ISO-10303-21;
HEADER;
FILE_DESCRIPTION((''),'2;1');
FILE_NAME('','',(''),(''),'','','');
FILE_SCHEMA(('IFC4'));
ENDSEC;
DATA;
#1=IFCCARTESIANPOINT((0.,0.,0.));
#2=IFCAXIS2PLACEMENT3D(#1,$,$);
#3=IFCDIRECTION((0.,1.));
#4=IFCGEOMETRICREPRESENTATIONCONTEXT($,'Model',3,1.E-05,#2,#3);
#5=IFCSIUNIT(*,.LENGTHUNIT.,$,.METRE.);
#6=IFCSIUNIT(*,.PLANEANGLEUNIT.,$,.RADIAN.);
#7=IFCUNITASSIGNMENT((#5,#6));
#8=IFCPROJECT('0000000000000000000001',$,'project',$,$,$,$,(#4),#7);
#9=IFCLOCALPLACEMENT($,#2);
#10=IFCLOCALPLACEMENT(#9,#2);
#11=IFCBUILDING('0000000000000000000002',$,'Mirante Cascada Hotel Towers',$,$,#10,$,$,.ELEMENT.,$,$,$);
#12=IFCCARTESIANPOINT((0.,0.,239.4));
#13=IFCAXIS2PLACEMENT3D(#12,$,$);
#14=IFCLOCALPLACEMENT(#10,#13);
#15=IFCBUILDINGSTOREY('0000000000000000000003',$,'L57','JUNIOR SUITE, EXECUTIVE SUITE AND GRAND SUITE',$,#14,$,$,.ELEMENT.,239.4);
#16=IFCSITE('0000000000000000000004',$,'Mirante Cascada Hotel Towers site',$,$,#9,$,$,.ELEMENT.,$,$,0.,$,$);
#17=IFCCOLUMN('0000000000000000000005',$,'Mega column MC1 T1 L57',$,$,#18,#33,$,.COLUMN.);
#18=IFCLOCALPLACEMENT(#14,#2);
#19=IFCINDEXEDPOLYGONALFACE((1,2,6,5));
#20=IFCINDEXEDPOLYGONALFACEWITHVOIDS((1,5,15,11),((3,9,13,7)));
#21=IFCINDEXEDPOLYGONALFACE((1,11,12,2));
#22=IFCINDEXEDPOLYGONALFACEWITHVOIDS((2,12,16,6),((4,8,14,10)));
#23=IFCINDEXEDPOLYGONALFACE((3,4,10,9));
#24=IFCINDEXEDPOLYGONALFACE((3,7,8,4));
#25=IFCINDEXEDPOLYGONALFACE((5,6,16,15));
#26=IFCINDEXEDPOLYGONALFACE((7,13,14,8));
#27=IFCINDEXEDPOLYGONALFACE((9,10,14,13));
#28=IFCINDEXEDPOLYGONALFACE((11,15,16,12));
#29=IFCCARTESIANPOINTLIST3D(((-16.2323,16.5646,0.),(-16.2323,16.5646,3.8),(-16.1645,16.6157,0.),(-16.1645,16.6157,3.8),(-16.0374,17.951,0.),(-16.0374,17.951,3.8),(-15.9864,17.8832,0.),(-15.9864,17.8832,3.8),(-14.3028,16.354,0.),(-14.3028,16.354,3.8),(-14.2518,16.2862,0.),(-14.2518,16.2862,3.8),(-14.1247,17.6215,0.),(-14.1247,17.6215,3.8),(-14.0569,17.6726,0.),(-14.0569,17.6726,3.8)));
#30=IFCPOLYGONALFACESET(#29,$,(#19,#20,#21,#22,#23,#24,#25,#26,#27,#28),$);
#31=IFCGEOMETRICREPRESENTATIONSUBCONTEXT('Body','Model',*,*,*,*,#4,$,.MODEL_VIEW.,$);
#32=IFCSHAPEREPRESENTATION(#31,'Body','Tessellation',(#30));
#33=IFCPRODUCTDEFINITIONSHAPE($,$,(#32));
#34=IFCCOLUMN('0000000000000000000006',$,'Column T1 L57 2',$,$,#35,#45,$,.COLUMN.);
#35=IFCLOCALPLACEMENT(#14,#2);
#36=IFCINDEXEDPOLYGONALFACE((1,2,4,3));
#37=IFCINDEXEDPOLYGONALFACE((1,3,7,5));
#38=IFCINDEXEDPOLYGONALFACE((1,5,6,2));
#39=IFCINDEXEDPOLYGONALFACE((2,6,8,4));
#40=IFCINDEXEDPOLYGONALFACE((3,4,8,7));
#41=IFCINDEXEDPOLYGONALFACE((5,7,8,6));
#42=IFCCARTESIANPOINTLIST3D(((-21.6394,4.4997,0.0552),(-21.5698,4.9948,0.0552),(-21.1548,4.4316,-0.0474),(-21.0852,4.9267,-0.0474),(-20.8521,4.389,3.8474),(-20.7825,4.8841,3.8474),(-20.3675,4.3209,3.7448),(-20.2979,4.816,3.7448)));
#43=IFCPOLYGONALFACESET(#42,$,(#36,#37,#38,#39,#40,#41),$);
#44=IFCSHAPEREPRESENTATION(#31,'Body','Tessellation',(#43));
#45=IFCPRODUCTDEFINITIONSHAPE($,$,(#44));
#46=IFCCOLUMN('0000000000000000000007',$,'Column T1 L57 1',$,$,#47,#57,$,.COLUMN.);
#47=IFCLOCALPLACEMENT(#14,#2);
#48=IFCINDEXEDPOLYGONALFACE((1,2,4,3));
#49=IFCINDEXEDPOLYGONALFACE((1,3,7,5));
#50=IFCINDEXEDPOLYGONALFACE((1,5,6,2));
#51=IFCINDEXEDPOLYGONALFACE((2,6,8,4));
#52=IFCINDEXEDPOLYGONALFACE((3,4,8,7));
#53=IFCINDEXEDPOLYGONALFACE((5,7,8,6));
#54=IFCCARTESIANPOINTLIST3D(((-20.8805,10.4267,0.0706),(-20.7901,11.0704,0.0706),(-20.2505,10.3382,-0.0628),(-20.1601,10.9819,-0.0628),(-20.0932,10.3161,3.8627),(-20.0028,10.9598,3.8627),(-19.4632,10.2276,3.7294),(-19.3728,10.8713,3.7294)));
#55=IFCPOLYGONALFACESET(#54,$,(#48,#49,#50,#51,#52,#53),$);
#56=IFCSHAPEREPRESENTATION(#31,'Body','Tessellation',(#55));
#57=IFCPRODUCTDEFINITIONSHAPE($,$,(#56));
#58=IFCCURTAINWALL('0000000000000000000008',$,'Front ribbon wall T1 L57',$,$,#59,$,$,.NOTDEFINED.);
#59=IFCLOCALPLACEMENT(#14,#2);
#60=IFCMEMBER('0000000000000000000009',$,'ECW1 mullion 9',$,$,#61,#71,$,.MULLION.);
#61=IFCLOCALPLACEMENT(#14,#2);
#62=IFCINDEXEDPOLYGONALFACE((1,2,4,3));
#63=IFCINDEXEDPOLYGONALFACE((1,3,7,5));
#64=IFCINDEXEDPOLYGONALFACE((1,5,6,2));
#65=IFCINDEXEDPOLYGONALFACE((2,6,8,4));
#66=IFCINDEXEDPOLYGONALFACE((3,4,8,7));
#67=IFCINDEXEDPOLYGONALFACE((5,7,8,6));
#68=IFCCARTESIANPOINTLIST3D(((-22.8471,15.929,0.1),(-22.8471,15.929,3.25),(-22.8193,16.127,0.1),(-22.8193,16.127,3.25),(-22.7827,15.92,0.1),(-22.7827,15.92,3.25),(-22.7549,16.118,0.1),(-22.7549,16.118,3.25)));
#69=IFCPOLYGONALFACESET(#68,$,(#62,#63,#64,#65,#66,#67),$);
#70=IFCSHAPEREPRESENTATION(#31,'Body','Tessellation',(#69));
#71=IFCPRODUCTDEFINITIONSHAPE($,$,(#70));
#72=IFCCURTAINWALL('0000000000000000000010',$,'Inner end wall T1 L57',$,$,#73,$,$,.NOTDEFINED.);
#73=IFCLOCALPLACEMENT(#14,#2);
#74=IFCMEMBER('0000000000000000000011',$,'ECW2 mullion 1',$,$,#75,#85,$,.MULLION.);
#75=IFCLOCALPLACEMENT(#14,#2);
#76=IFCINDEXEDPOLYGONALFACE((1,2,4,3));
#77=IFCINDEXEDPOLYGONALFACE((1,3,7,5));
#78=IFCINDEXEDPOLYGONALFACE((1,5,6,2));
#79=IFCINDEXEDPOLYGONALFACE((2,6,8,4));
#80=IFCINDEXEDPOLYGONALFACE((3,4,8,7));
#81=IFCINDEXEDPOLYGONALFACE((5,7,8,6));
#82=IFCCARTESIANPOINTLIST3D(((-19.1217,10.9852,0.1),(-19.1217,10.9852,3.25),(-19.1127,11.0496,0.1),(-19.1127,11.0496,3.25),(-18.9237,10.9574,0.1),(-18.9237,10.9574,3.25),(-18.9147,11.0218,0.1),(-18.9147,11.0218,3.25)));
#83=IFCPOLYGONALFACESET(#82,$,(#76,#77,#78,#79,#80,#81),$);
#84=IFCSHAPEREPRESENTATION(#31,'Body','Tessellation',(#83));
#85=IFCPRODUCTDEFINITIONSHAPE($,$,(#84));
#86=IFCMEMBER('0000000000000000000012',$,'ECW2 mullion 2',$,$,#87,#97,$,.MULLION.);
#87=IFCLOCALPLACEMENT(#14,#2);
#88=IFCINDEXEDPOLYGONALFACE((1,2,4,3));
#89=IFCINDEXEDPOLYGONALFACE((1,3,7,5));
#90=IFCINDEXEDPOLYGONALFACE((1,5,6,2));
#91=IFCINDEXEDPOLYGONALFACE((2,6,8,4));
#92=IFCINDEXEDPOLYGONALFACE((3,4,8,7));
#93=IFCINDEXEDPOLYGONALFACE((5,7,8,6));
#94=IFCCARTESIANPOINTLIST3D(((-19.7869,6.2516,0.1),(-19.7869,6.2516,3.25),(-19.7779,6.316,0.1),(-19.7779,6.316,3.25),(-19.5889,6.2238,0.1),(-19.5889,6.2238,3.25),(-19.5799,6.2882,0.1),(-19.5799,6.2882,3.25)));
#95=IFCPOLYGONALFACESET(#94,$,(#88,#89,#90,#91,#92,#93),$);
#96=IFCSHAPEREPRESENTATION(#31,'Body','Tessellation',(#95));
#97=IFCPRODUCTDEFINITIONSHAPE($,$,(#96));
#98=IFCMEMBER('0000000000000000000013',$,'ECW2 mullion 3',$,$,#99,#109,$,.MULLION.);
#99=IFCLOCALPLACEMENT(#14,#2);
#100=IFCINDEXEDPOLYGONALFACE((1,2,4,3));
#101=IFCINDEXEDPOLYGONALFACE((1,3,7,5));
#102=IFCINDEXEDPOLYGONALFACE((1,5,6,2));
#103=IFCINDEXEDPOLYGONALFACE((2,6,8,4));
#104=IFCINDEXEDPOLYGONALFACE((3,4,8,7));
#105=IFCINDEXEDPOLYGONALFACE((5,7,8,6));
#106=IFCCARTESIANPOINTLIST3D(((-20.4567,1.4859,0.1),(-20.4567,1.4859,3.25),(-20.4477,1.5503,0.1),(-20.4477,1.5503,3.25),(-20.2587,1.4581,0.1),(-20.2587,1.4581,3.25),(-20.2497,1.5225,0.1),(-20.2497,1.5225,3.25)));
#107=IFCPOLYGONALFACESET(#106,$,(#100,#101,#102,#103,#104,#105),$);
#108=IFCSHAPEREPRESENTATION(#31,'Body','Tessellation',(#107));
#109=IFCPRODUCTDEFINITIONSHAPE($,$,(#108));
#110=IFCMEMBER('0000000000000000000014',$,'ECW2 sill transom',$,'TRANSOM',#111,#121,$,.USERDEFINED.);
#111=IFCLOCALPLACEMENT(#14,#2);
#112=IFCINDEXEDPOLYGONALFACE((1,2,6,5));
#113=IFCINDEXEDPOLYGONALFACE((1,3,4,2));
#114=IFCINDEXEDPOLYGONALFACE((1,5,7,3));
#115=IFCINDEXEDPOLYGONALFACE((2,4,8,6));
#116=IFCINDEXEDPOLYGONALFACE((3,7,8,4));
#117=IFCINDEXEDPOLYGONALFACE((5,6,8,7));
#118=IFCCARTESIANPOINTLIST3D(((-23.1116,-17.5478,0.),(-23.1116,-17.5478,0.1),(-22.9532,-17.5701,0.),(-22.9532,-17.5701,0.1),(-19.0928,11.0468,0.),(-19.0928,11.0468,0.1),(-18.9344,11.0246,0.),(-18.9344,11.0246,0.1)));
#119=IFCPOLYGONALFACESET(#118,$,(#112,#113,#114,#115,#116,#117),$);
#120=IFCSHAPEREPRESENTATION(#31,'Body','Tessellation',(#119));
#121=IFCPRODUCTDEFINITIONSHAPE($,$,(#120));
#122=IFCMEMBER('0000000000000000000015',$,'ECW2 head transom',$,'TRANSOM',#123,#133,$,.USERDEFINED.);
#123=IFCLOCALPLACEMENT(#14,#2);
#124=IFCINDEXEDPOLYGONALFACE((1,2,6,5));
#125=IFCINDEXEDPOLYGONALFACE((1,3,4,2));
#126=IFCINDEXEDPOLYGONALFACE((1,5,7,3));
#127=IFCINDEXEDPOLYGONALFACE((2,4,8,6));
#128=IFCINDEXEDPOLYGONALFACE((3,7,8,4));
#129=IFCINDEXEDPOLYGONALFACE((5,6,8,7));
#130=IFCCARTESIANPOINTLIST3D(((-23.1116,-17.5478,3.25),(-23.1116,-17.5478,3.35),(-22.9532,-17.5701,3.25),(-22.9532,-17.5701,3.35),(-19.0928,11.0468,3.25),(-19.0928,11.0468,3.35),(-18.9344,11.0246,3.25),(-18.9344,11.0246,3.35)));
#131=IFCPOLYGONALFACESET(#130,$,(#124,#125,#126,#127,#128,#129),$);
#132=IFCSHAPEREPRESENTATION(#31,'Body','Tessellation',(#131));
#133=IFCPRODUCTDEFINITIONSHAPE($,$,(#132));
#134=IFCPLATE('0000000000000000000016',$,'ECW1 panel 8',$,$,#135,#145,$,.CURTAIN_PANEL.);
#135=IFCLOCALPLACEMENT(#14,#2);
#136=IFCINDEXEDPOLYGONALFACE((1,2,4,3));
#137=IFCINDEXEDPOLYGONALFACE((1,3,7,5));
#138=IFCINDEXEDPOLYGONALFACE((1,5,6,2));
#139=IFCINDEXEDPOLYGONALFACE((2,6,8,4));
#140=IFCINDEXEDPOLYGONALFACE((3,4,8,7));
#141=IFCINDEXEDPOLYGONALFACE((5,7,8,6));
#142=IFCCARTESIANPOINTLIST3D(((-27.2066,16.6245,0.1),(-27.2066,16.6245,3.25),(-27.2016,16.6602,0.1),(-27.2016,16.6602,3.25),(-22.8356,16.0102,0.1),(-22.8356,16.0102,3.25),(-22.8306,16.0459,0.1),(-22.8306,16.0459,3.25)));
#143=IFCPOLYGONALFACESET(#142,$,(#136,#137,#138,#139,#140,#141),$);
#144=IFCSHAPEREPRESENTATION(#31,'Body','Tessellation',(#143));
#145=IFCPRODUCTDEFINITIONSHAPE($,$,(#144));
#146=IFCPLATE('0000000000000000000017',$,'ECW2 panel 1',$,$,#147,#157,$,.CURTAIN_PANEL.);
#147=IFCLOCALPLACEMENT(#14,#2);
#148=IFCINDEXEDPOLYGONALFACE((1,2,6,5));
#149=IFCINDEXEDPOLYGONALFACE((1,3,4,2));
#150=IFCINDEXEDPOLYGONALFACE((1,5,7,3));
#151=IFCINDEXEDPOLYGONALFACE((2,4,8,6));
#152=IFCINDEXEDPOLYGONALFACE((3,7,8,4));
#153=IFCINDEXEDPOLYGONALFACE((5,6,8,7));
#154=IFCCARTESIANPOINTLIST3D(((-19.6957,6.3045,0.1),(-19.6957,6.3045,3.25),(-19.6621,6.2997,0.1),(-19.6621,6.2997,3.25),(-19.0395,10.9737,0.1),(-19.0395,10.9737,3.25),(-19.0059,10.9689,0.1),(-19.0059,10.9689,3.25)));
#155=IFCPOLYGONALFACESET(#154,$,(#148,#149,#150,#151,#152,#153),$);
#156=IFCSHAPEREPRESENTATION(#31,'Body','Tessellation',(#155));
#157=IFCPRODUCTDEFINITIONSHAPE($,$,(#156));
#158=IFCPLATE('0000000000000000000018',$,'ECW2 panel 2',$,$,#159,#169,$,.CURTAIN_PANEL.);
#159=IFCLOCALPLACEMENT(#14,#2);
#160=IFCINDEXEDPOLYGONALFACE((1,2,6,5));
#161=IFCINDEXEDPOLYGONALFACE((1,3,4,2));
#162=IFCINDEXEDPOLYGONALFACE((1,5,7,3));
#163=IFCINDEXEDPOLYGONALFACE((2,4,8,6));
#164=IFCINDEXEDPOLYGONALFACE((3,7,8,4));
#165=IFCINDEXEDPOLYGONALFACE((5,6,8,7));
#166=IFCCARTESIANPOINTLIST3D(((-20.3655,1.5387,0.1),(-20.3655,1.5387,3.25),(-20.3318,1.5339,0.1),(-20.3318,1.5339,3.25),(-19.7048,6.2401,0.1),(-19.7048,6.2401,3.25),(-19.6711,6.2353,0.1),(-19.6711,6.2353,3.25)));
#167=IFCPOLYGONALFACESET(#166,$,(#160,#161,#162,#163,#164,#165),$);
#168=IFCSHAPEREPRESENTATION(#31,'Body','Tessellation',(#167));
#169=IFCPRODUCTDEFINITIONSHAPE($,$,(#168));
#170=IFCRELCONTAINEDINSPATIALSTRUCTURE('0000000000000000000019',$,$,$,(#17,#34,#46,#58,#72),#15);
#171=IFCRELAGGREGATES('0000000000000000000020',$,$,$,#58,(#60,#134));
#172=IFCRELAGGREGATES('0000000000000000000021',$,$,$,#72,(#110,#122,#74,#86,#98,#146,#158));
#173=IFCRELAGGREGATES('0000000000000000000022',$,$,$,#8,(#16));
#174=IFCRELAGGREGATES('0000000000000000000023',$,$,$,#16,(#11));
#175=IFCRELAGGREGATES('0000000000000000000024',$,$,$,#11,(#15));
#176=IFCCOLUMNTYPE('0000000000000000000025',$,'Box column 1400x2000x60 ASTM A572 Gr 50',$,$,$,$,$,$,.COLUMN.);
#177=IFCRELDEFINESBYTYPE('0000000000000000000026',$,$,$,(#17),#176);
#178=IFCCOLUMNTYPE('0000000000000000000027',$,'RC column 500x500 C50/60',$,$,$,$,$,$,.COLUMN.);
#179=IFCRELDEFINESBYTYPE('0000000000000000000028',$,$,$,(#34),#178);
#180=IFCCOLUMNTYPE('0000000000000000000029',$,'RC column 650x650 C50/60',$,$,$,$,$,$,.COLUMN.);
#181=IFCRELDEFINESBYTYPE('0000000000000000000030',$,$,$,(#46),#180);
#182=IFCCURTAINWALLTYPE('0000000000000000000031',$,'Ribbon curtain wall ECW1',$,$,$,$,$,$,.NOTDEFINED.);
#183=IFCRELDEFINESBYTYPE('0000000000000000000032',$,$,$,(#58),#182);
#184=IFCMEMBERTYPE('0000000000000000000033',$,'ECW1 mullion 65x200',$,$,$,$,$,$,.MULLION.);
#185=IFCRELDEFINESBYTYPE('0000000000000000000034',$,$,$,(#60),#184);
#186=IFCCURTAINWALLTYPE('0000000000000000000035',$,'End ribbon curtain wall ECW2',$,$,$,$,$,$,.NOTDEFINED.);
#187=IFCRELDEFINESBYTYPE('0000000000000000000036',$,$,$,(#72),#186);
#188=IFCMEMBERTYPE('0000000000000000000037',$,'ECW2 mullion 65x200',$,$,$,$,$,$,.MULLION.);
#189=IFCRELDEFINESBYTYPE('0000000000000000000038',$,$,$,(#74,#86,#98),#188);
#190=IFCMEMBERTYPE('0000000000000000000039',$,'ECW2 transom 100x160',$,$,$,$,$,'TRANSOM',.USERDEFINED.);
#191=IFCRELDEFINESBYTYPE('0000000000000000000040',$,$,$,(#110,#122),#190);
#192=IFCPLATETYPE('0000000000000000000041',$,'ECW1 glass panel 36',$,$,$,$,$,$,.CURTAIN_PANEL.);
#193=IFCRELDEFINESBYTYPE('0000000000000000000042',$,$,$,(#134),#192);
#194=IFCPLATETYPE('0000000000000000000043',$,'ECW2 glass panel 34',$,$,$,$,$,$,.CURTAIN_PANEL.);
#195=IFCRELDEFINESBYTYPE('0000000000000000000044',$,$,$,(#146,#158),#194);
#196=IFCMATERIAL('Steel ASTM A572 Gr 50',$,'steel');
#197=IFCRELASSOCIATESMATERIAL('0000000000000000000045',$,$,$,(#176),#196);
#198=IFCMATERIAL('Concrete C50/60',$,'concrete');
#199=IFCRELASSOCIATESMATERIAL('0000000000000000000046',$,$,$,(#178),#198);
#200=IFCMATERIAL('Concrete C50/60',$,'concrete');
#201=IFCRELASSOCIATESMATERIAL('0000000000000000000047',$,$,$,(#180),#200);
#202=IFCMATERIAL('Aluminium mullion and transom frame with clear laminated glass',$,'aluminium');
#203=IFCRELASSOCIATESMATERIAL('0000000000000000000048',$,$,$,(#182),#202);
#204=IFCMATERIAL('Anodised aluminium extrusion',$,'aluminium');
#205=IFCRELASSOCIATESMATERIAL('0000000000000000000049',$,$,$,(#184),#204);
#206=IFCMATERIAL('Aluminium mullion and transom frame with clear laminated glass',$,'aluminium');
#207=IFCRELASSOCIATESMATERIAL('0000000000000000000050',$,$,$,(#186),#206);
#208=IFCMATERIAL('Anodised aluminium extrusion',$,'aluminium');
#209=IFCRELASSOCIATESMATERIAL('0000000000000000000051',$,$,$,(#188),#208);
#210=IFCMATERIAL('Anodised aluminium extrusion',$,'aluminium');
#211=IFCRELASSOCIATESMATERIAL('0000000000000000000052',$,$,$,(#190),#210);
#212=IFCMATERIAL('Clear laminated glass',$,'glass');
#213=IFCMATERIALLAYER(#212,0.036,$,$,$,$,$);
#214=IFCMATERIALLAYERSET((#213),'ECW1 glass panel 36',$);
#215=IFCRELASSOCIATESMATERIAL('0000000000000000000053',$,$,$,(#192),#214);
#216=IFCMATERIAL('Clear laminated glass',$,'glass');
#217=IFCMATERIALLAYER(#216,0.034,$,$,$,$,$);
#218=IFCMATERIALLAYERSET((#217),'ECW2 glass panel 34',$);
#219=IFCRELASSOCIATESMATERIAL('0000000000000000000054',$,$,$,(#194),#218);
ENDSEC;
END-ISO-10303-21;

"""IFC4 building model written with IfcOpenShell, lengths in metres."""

from ifc_helpers import new_model, si_unit, direction, frame, origin, origin_2d, place, context, subcontext, project, spatial, rectangle, hollow_rectangle, extrude, material, layer, layer_set, material_profile, profile_set, type_object, element, aggregate, save


model = new_model("IFC4")

# Units and contexts
model_context = context("Model", 3, precision=1e-05, world=origin(), true_north=direction((0.0, 1.0)))
body_context = subcontext(model_context, "Body", "Model", "MODEL_VIEW")
ifc_project = project(units=[si_unit("LENGTHUNIT", "METRE"), si_unit("PLANEANGLEUNIT", "RADIAN")], contexts=[model_context])

# Site, building, storey
site_placement = place(None, origin())
site = spatial("IfcSite", under=ifc_project, at=site_placement, Name="Mirante Cascada Hotel Towers site", CompositionType="ELEMENT", RefElevation=0.0)
building_placement = place(site_placement, origin())
building = spatial("IfcBuilding", under=site, at=building_placement, Name="Mirante Cascada Hotel Towers", CompositionType="ELEMENT")
storey_placement = place(building_placement, frame((0.0, 0.0, 239.4)))
storey = spatial("IfcBuildingStorey", under=building, at=storey_placement, Name="L57", Description="JUNIOR SUITE, EXECUTIVE SUITE AND GRAND SUITE", CompositionType="ELEMENT", Elevation=239.4)

# Columns
ifc_material_1 = material(Name="Steel ASTM A572 Gr 50", Category="steel")
ifc_material_profile_1 = material_profile(ifc_material_1, hollow_rectangle(XDim=2.0, YDim=1.4, WallThickness=0.06, at=origin_2d()), Name="Box column 1400x2000x60 ASTM A572 Gr 50")
ifc_profile_set_1 = profile_set([ifc_material_profile_1], Name="Steel ASTM A572 Gr 50")
column_type_1 = type_object("IfcColumnType", Name="Box column 1400x2000x60 ASTM A572 Gr 50", PredefinedType="COLUMN", material=ifc_profile_set_1)
column_1_placement = place(storey_placement, frame((-15.1446, 17.1186, 0.0), z_axis=(0.0, 0.0, 1.0), x_axis=(-0.990268, 0.139173, 0.0)))
element("IfcColumn", 1, at=column_1_placement, inside=storey, type_object=column_type_1, Name="Mega column MC1 T1 L57", PredefinedType="COLUMN", context=body_context, shape_type="SweptSolid", body=[
    extrude(hollow_rectangle(XDim=2.0, YDim=1.4, WallThickness=0.06, at=origin_2d()), origin(), (0.0, 0.0, 1.0), 3.8),
])
ifc_material_2 = material(Name="Concrete C50/60", Category="concrete")
ifc_material_profile_2 = material_profile(ifc_material_2, rectangle(XDim=0.5, YDim=0.5, at=origin_2d()), Name="RC column 500x500 C50/60")
ifc_profile_set_2 = profile_set([ifc_material_profile_2], Name="Concrete C50/60")
column_type_2 = type_object("IfcColumnType", Name="RC column 500x500 C50/60", PredefinedType="COLUMN", material=ifc_profile_set_2)
column_2_placement = place(storey_placement, frame((-21.3623, 4.7132, 0.0039), z_axis=(0.203193, -0.02857, 0.978722), x_axis=(0.139237, 0.990259, 0.0)))
element("IfcColumn", 2, at=column_2_placement, inside=storey, type_object=column_type_2, Name="Column T1 L57 2", PredefinedType="COLUMN", context=body_context, shape_type="SweptSolid", body=[
    extrude(rectangle(XDim=0.5, YDim=0.5, at=origin_2d()), origin(), (0.0, 0.0, 1.0), 3.8746),
])
ifc_material_3 = material(Name="Concrete C50/60", Category="concrete")
ifc_material_profile_3 = material_profile(ifc_material_3, rectangle(XDim=0.65, YDim=0.65, at=origin_2d()), Name="RC column 650x650 C50/60")
ifc_profile_set_3 = profile_set([ifc_material_profile_3], Name="Concrete C50/60")
column_type_3 = type_object("IfcColumnType", Name="RC column 650x650 C50/60", PredefinedType="COLUMN", material=ifc_profile_set_3)
column_3_placement = place(storey_placement, frame((-20.5203, 10.7043, 0.0039), z_axis=(0.203193, -0.028545, 0.978723), x_axis=(0.139114, 0.990276, 0.0)))
element("IfcColumn", 3, at=column_3_placement, inside=storey, type_object=column_type_3, Name="Column T1 L57 1", PredefinedType="COLUMN", context=body_context, shape_type="SweptSolid", body=[
    extrude(rectangle(XDim=0.65, YDim=0.65, at=origin_2d()), origin(), (0.0, 0.0, 1.0), 3.8746),
])

# Curtain wall, member
ifc_material_4 = material(Name="Aluminium mullion and transom frame with clear laminated glass", Category="aluminium")
curtain_wall_type_1 = type_object("IfcCurtainWallType", Name="Ribbon curtain wall ECW1", PredefinedType="NOTDEFINED", material=ifc_material_4)
curtain_wall_1_placement = place(storey_placement, origin())
curtain_wall_1 = element("IfcCurtainWall", 4, at=curtain_wall_1_placement, inside=storey, type_object=curtain_wall_type_1, Name="Front ribbon wall T1 L57", PredefinedType="NOTDEFINED")
ifc_material_5 = material(Name="Anodised aluminium extrusion", Category="aluminium")
ifc_material_profile_4 = material_profile(ifc_material_5, rectangle(XDim=0.2, YDim=0.065, at=origin_2d()), Name="ECW1 MULLION 65x200")
ifc_profile_set_4 = profile_set([ifc_material_profile_4], Name="Anodised aluminium extrusion")
member_type_1 = type_object("IfcMemberType", Name="ECW1 mullion 65x200", PredefinedType="MULLION", material=ifc_profile_set_4)
member_1_placement = place(storey_placement, frame((-22.801, 16.0235, 0.1), z_axis=(0.0, 0.0, 1.0), x_axis=(0.139173, 0.990268, 0.0)))
member_1 = element("IfcMember", 5, at=member_1_placement, type_object=member_type_1, Name="ECW1 mullion 9", PredefinedType="MULLION", context=body_context, shape_type="SweptSolid", body=[
    extrude(rectangle(XDim=0.2, YDim=0.065, at=origin_2d()), origin(), (0.0, 0.0, 1.0), 3.15),
])

# Curtain wall, members
ifc_material_6 = material(Name="Aluminium mullion and transom frame with clear laminated glass", Category="aluminium")
curtain_wall_type_2 = type_object("IfcCurtainWallType", Name="End ribbon curtain wall ECW2", PredefinedType="NOTDEFINED", material=ifc_material_6)
curtain_wall_2_placement = place(storey_placement, origin())
curtain_wall_2 = element("IfcCurtainWall", 6, at=curtain_wall_2_placement, inside=storey, type_object=curtain_wall_type_2, Name="Inner end wall T1 L57", PredefinedType="NOTDEFINED")
ifc_material_7 = material(Name="Anodised aluminium extrusion", Category="aluminium")
ifc_material_profile_5 = material_profile(ifc_material_7, rectangle(XDim=0.2, YDim=0.065, at=origin_2d()), Name="ECW2 MULLION 65x200")
ifc_profile_set_5 = profile_set([ifc_material_profile_5], Name="Anodised aluminium extrusion")
member_type_2 = type_object("IfcMemberType", Name="ECW2 mullion 65x200", PredefinedType="MULLION", material=ifc_profile_set_5)
member_2_placement = place(storey_placement, frame((-19.0182, 11.0035, 0.1), z_axis=(0.0, 0.0, 1.0), x_axis=(0.990268, -0.139173, 0.0)))
member_2 = element("IfcMember", 7, at=member_2_placement, type_object=member_type_2, Name="ECW2 mullion 1", PredefinedType="MULLION", context=body_context, shape_type="SweptSolid", body=[
    extrude(rectangle(XDim=0.2, YDim=0.065, at=origin_2d()), origin(), (0.0, 0.0, 1.0), 3.15),
])
member_3_placement = place(storey_placement, frame((-19.6834, 6.2699, 0.1), z_axis=(0.0, 0.0, 1.0), x_axis=(0.990268, -0.139173, 0.0)))
member_3 = element("IfcMember", 8, at=member_3_placement, type_object=member_type_2, Name="ECW2 mullion 2", PredefinedType="MULLION", context=body_context, shape_type="SweptSolid", body=[
    extrude(rectangle(XDim=0.2, YDim=0.065, at=origin_2d()), origin(), (0.0, 0.0, 1.0), 3.15),
])
member_4_placement = place(storey_placement, frame((-20.3532, 1.5042, 0.1), z_axis=(0.0, 0.0, 1.0), x_axis=(0.990268, -0.139173, 0.0)))
member_4 = element("IfcMember", 9, at=member_4_placement, type_object=member_type_2, Name="ECW2 mullion 3", PredefinedType="MULLION", context=body_context, shape_type="SweptSolid", body=[
    extrude(rectangle(XDim=0.2, YDim=0.065, at=origin_2d()), origin(), (0.0, 0.0, 1.0), 3.15),
])
ifc_material_8 = material(Name="Anodised aluminium extrusion", Category="aluminium")
ifc_material_profile_6 = material_profile(ifc_material_8, rectangle(XDim=0.16, YDim=0.1, at=origin_2d()), Name="ECW2 TRANSOM 100x160")
ifc_profile_set_6 = profile_set([ifc_material_profile_6], Name="Anodised aluminium extrusion")
member_type_3 = type_object("IfcMemberType", Name="ECW2 transom 100x160", ElementType="TRANSOM", PredefinedType="USERDEFINED", material=ifc_profile_set_6)
member_5_placement = place(storey_placement, frame((-19.0136, 11.0357, 0.05), z_axis=(-0.139176, -0.990268, 0.0), x_axis=(0.990268, -0.139176, 0.0)))
member_5 = element("IfcMember", 10, at=member_5_placement, type_object=member_type_3, Name="ECW2 sill transom", ObjectType="TRANSOM", PredefinedType="USERDEFINED", context=body_context, shape_type="SweptSolid", body=[
    extrude(rectangle(XDim=0.16, YDim=0.1, at=origin_2d()), origin(), (0.0, 0.0, 1.0), 28.8757),
])
member_6_placement = place(storey_placement, frame((-19.0136, 11.0357, 3.3), z_axis=(-0.139176, -0.990268, 0.0), x_axis=(0.990268, -0.139176, 0.0)))
member_6 = element("IfcMember", 11, at=member_6_placement, type_object=member_type_3, Name="ECW2 head transom", ObjectType="TRANSOM", PredefinedType="USERDEFINED", context=body_context, shape_type="SweptSolid", body=[
    extrude(rectangle(XDim=0.16, YDim=0.1, at=origin_2d()), origin(), (0.0, 0.0, 1.0), 28.8757),
])

# Plates
ifc_material_9 = material(Name="Clear laminated glass", Category="glass")
ifc_layer_1 = layer(ifc_material_9, 0.036)
ifc_layer_set_1 = layer_set([ifc_layer_1], Name="ECW1 glass panel 36")
plate_type_1 = type_object("IfcPlateType", Name="ECW1 glass panel 36", PredefinedType="CURTAIN_PANEL", material=ifc_layer_set_1)
plate_1_placement = place(storey_placement, frame((-25.0186, 16.3352, 0.1), z_axis=(0.0, 0.0, 1.0), x_axis=(0.990268, -0.139173, 0.0)))
plate_1 = element("IfcPlate", 12, at=plate_1_placement, type_object=plate_type_1, Name="ECW1 panel 8", PredefinedType="CURTAIN_PANEL", context=body_context, shape_type="SweptSolid", body=[
    extrude(rectangle(XDim=4.4139, YDim=0.036, at=origin_2d()), origin(), (0.0, 0.0, 1.0), 3.15),
])
aggregate(curtain_wall_1, [member_1, plate_1])
ifc_material_10 = material(Name="Clear laminated glass", Category="glass")
ifc_layer_2 = layer(ifc_material_10, 0.034)
ifc_layer_set_2 = layer_set([ifc_layer_2], Name="ECW2 glass panel 34")
plate_type_2 = type_object("IfcPlateType", Name="ECW2 glass panel 34", PredefinedType="CURTAIN_PANEL", material=ifc_layer_set_2)
plate_2_placement = place(storey_placement, frame((-19.3508, 8.6367, 0.1), z_axis=(0.0, 0.0, 1.0), x_axis=(-0.139173, -0.990268, 0.0)))
plate_2 = element("IfcPlate", 13, at=plate_2_placement, type_object=plate_type_2, Name="ECW2 panel 1", PredefinedType="CURTAIN_PANEL", context=body_context, shape_type="SweptSolid", body=[
    extrude(rectangle(XDim=4.7151, YDim=0.034, at=origin_2d()), origin(), (0.0, 0.0, 1.0), 3.15),
])
plate_3_placement = place(storey_placement, frame((-20.0183, 3.887, 0.1), z_axis=(0.0, 0.0, 1.0), x_axis=(-0.139173, -0.990268, 0.0)))
plate_3 = element("IfcPlate", 14, at=plate_3_placement, type_object=plate_type_2, Name="ECW2 panel 2", PredefinedType="CURTAIN_PANEL", context=body_context, shape_type="SweptSolid", body=[
    extrude(rectangle(XDim=4.7476, YDim=0.034, at=origin_2d()), origin(), (0.0, 0.0, 1.0), 3.15),
])
aggregate(curtain_wall_2, [member_5, member_6, member_2, member_3, member_4, plate_2, plate_3])

save(model, "model.ifc")
